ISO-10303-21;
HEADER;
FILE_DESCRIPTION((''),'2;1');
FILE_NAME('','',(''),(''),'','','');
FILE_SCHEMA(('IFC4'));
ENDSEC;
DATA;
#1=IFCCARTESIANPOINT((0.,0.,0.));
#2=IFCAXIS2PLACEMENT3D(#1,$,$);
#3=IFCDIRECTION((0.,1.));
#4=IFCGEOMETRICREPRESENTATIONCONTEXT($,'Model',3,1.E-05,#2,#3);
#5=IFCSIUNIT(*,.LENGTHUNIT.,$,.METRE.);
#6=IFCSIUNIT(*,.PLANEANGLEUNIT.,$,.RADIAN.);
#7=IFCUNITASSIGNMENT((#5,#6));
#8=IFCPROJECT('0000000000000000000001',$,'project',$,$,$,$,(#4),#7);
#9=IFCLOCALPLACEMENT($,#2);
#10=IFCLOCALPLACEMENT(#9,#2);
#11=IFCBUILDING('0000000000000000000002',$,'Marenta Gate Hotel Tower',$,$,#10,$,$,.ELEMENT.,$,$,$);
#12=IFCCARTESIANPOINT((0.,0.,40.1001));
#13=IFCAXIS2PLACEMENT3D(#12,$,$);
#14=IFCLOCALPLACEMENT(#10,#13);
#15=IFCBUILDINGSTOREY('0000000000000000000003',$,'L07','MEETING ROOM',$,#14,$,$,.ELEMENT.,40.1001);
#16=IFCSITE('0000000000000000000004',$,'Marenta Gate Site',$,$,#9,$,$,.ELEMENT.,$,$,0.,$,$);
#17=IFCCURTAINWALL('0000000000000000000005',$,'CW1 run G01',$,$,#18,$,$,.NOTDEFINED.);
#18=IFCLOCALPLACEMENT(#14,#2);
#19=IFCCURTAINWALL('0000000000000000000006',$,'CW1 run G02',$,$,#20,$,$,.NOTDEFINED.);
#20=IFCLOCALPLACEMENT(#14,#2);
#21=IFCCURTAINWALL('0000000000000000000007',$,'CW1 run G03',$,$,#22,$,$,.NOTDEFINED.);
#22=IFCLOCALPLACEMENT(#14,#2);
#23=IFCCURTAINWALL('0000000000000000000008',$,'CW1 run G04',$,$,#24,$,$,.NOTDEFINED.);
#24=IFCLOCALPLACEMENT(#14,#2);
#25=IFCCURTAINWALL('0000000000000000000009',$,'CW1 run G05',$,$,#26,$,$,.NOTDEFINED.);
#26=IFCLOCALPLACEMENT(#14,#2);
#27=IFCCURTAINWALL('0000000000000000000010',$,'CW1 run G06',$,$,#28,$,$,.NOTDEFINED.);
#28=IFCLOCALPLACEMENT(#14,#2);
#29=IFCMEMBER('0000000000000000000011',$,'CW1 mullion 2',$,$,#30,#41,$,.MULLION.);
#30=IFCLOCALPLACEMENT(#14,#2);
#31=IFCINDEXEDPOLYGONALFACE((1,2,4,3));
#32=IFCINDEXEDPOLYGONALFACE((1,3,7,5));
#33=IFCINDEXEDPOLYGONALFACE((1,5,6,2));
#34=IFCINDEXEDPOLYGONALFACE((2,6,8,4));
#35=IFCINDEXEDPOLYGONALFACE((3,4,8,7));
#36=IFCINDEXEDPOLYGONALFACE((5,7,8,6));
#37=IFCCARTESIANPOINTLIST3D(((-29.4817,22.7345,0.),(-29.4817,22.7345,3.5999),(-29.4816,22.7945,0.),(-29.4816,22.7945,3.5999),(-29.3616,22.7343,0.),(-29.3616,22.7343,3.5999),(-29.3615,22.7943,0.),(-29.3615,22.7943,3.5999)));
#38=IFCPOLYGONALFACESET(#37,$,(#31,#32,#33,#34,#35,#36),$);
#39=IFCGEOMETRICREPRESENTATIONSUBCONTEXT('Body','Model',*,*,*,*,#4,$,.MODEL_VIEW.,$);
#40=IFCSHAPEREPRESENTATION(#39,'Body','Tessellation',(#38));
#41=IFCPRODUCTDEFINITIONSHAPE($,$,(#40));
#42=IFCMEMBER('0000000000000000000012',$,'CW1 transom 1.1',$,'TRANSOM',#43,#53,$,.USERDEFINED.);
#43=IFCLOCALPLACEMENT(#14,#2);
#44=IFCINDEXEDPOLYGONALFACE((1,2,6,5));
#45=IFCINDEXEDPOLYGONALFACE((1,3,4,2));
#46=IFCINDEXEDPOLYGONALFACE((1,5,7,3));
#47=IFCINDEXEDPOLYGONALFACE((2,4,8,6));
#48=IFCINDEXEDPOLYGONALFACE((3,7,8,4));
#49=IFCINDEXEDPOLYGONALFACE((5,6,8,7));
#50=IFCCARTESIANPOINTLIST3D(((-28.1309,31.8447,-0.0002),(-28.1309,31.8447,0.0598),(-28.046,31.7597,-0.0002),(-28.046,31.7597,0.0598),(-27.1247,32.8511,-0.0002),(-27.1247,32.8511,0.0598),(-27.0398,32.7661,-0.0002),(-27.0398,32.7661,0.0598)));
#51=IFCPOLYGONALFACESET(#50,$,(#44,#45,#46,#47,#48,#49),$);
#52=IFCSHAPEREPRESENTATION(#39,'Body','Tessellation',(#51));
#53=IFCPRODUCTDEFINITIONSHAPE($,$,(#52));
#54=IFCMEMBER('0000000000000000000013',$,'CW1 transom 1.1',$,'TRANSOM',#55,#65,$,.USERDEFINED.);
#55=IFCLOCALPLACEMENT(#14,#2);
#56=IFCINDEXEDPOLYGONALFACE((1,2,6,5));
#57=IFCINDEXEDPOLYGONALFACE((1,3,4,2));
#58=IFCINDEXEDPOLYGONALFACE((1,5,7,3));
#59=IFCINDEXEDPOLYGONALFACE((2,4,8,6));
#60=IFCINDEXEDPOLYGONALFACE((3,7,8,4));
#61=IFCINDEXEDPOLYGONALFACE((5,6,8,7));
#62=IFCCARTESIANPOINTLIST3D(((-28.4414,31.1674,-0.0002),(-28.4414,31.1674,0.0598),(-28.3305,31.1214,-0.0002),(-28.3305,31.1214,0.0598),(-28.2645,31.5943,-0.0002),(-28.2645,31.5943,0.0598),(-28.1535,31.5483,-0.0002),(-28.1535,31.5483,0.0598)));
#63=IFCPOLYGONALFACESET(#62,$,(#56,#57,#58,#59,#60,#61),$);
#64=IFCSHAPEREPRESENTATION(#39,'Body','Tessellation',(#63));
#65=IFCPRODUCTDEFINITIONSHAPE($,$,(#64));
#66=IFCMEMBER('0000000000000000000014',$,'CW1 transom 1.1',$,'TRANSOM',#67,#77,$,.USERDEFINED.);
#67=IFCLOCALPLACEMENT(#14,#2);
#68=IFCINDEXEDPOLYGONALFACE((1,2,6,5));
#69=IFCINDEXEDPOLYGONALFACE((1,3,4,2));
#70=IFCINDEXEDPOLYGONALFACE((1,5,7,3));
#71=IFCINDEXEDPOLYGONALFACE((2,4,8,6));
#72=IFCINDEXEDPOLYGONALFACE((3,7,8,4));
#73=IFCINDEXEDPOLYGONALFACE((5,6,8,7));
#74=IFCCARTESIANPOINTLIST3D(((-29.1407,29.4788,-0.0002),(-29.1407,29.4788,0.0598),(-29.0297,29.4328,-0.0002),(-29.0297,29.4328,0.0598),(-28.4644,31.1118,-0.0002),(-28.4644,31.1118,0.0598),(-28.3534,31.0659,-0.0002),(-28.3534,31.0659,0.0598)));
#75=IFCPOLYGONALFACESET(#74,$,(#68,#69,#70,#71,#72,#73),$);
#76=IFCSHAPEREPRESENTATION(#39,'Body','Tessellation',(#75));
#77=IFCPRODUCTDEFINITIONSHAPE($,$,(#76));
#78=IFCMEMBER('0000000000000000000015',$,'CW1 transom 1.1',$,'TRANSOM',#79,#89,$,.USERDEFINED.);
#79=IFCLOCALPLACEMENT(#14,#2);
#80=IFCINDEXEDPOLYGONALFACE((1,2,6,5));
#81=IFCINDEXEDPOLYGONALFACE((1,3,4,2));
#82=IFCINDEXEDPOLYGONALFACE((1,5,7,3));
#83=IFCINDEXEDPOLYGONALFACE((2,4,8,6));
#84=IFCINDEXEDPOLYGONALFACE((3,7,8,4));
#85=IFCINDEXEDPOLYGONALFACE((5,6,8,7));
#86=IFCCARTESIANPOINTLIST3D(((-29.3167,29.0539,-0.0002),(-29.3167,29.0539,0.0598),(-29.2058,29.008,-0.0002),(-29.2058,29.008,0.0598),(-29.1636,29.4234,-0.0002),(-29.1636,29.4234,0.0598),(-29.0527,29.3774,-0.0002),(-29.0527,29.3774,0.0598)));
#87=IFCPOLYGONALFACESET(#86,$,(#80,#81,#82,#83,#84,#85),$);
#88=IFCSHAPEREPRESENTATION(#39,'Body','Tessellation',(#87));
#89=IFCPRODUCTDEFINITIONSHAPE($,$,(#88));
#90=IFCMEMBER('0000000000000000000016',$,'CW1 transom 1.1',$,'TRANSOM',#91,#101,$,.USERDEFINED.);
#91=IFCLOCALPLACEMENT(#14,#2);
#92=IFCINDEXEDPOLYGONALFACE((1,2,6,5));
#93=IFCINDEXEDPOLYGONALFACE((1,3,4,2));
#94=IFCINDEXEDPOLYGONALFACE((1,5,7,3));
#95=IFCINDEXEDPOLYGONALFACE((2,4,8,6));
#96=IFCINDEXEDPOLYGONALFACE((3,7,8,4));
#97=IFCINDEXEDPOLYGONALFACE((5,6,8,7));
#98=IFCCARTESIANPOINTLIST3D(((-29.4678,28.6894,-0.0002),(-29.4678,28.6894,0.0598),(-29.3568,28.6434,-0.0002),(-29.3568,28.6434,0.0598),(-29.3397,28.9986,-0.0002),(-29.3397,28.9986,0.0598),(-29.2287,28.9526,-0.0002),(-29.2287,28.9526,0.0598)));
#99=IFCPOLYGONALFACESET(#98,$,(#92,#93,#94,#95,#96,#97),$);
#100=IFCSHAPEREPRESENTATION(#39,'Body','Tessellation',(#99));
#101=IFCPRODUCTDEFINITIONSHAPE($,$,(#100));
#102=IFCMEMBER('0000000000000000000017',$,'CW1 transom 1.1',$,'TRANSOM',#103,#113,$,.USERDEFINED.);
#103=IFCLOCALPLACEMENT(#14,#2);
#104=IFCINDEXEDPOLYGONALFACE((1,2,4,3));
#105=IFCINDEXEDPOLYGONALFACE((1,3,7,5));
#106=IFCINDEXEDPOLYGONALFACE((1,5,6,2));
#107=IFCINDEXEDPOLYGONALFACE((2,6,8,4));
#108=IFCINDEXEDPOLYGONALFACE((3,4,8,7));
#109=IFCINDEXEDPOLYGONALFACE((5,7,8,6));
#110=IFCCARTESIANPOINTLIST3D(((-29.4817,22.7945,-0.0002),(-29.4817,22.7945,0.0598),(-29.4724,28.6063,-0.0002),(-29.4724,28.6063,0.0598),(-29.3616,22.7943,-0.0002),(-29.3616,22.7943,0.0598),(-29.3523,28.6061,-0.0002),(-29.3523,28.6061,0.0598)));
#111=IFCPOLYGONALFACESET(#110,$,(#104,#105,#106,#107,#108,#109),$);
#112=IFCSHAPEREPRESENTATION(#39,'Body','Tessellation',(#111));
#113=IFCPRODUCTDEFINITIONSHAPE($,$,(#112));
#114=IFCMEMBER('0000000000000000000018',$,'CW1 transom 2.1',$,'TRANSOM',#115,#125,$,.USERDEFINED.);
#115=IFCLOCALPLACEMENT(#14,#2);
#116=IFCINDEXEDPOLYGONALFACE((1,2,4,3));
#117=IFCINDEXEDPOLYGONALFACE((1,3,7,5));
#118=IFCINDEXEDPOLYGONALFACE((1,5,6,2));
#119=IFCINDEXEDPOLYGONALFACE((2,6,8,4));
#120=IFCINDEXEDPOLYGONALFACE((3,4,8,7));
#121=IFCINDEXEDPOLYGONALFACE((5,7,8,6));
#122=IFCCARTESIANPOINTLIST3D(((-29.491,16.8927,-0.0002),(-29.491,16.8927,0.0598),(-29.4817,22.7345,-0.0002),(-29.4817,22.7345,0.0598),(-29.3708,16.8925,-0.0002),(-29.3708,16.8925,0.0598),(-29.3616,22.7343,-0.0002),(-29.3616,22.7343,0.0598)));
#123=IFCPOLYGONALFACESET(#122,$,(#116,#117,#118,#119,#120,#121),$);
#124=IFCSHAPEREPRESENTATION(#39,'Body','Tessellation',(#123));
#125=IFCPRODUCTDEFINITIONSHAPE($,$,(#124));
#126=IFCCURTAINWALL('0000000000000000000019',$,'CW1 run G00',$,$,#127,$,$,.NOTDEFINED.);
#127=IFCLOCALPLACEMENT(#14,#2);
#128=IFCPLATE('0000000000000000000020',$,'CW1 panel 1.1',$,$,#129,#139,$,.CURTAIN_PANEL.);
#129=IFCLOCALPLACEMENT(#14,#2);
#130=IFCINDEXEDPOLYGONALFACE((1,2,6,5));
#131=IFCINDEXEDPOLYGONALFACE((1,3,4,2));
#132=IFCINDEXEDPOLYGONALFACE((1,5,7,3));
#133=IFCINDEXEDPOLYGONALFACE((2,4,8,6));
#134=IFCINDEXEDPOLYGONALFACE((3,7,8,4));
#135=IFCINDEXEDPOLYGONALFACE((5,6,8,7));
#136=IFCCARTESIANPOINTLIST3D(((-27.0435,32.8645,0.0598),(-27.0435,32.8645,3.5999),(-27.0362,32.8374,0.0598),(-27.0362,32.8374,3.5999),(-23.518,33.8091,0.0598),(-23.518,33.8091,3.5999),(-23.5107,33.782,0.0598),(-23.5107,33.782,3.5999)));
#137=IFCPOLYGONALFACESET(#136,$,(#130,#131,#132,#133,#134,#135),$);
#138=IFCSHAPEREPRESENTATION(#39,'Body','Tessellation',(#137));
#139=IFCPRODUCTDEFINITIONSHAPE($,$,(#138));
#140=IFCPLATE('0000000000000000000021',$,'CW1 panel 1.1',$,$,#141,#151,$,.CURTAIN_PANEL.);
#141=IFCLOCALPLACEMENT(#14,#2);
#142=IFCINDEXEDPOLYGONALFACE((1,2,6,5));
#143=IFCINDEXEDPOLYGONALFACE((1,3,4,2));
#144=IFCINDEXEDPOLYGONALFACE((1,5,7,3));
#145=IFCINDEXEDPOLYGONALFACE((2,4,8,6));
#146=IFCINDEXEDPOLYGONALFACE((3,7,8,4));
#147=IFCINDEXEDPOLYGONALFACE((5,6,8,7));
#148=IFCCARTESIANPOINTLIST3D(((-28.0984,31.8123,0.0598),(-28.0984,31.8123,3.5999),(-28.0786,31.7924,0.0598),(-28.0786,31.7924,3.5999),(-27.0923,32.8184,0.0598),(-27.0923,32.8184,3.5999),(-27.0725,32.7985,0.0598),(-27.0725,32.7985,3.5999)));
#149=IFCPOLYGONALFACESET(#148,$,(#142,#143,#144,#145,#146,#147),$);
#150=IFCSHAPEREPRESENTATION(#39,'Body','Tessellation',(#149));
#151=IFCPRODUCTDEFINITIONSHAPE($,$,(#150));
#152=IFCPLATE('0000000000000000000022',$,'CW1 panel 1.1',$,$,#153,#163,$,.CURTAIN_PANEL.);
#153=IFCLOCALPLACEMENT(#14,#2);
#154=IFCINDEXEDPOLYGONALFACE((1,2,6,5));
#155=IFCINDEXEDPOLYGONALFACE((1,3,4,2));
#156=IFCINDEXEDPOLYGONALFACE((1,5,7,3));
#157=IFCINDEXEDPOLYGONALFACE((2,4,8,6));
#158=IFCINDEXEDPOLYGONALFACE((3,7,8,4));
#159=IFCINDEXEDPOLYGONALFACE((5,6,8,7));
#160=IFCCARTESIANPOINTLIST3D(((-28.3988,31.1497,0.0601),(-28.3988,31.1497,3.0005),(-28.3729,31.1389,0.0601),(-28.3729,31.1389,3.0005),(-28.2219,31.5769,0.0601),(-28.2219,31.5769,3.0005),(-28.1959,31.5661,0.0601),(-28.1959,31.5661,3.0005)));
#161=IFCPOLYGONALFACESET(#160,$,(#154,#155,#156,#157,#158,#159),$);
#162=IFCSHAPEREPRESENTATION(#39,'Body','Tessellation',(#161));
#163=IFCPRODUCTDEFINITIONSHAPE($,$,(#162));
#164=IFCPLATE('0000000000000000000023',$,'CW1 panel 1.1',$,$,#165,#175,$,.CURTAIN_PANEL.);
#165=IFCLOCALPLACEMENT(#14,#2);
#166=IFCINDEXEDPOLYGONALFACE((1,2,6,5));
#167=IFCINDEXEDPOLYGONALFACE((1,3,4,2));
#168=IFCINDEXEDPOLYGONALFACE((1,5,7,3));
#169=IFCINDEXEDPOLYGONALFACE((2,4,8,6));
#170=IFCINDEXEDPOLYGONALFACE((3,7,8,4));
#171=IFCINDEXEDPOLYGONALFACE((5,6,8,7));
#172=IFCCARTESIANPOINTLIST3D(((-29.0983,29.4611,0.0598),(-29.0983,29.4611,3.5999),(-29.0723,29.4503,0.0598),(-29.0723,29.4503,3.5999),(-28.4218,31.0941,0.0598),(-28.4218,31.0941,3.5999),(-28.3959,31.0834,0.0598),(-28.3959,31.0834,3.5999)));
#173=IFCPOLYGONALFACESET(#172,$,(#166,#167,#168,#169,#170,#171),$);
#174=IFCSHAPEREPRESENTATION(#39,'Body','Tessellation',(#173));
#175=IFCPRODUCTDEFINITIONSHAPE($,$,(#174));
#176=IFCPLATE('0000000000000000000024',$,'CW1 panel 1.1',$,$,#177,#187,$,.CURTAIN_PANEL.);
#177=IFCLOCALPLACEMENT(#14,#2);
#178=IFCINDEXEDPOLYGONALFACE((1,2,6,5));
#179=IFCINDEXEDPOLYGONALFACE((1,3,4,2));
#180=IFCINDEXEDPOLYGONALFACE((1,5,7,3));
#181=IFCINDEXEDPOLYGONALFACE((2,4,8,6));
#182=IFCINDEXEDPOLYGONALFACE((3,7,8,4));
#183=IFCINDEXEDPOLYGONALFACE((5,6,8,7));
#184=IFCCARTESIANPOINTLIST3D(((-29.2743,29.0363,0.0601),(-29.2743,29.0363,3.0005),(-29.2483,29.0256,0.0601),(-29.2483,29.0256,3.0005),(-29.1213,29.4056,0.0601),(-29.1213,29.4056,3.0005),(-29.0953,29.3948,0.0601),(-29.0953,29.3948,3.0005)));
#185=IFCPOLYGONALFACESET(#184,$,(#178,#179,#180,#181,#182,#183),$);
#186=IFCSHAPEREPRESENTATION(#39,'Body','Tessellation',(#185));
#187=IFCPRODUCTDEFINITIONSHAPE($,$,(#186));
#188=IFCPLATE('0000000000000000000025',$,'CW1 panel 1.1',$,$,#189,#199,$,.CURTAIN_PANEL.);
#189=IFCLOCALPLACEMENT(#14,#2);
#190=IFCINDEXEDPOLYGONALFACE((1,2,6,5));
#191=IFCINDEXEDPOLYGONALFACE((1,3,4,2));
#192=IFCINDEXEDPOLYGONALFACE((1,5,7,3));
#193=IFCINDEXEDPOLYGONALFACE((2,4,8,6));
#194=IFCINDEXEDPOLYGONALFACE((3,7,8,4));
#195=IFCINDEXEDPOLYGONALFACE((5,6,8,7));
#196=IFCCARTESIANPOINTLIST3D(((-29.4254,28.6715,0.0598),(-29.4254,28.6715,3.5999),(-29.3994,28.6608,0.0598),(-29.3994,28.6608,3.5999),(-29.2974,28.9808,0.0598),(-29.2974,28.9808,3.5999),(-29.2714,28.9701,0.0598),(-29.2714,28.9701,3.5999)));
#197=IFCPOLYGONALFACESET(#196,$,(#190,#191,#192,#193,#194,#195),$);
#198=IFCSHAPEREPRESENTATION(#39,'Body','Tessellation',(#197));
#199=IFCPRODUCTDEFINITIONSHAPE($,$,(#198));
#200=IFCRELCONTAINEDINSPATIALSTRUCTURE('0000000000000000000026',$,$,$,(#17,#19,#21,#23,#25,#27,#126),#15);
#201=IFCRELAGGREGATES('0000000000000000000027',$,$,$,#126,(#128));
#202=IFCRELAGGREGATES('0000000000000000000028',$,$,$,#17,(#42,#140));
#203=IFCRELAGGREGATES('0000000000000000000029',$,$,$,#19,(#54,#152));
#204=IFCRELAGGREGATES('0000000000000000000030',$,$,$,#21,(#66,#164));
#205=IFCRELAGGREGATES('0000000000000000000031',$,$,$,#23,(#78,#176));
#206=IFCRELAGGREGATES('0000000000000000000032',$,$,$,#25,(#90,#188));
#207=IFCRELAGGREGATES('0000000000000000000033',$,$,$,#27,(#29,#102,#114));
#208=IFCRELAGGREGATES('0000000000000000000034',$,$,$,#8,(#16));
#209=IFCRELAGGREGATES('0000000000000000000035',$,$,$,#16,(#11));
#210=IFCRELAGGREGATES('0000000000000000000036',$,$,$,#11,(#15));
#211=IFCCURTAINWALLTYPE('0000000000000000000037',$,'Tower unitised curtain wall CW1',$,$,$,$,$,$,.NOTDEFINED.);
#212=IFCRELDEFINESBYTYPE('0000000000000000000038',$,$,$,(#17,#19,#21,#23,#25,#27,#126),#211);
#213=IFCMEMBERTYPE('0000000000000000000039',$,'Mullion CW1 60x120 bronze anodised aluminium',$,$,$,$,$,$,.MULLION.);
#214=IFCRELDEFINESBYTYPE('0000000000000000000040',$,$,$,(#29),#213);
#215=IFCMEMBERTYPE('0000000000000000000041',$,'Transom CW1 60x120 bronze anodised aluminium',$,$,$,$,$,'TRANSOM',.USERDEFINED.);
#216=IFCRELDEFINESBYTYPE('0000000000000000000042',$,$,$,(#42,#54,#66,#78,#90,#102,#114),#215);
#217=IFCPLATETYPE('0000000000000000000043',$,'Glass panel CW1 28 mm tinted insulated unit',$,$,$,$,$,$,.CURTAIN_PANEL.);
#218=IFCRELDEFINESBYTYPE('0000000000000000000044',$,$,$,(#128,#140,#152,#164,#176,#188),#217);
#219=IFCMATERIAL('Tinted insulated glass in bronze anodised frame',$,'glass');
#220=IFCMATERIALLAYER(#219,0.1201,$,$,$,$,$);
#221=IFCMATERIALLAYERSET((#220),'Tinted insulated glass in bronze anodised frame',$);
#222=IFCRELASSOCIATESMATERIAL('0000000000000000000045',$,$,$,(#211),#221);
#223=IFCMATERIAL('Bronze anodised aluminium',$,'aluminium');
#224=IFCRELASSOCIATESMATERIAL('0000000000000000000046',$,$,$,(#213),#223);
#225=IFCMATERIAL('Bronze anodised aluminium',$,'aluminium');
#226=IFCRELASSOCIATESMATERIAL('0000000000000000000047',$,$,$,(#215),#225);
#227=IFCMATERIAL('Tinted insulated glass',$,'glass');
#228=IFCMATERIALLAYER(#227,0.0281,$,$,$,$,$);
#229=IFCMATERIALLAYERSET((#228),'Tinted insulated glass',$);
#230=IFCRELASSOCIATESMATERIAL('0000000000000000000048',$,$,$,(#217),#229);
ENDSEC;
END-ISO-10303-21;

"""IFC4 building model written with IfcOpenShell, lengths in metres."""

from ifc_helpers import new_model, si_unit, direction, frame, origin, origin_2d, place, context, subcontext, project, spatial, rectangle, extrude, material, layer, layer_set, material_profile, profile_set, type_object, element, aggregate, save


model = new_model("IFC4")

# Units and contexts
model_context = context("Model", 3, precision=1e-05, world=origin(), true_north=direction((0.0, 1.0)))
body_context = subcontext(model_context, "Body", "Model", "MODEL_VIEW")
ifc_project = project(units=[si_unit("LENGTHUNIT", "METRE"), si_unit("PLANEANGLEUNIT", "RADIAN")], contexts=[model_context])

# Site, building, storey
site_placement = place(None, origin())
site = spatial("IfcSite", under=ifc_project, at=site_placement, Name="Marenta Gate Site", CompositionType="ELEMENT", RefElevation=0.0)
building_placement = place(site_placement, origin())
building = spatial("IfcBuilding", under=site, at=building_placement, Name="Marenta Gate Hotel Tower", CompositionType="ELEMENT")
storey_placement = place(building_placement, frame((0.0, 0.0, 40.1001)))
storey = spatial("IfcBuildingStorey", under=building, at=storey_placement, Name="L07", Description="MEETING ROOM", CompositionType="ELEMENT", Elevation=40.1001)

# Curtain wall
ifc_material_1 = material(Name="Tinted insulated glass in bronze anodised frame", Category="glass")
ifc_layer_1 = layer(ifc_material_1, 0.1201)
ifc_layer_set_1 = layer_set([ifc_layer_1], Name="Tinted insulated glass in bronze anodised frame")
curtain_wall_type = type_object("IfcCurtainWallType", Name="Tower unitised curtain wall CW1", PredefinedType="NOTDEFINED", material=ifc_layer_set_1)
curtain_wall_1_placement = place(storey_placement, origin())
curtain_wall_1 = element("IfcCurtainWall", 1, at=curtain_wall_1_placement, inside=storey, type_object=curtain_wall_type, Name="CW1 run G01", PredefinedType="NOTDEFINED")
ifc_material_2 = material(Name="Bronze anodised aluminium", Category="aluminium")
ifc_material_profile_1 = material_profile(ifc_material_2, rectangle(XDim=0.1201, YDim=0.0601, at=origin_2d()), Name="Mullion CW1 60x120 bronze anodised aluminium")
ifc_profile_set_1 = profile_set([ifc_material_profile_1], Name="Bronze anodised aluminium")
member_type_1 = type_object("IfcMemberType", Name="Mullion CW1 60x120 bronze anodised aluminium", PredefinedType="MULLION", material=ifc_profile_set_1)

# Curtain walls
curtain_wall_2_placement = place(storey_placement, origin())
curtain_wall_2 = element("IfcCurtainWall", 2, at=curtain_wall_2_placement, inside=storey, type_object=curtain_wall_type, Name="CW1 run G02", PredefinedType="NOTDEFINED")
curtain_wall_3_placement = place(storey_placement, origin())
curtain_wall_3 = element("IfcCurtainWall", 3, at=curtain_wall_3_placement, inside=storey, type_object=curtain_wall_type, Name="CW1 run G03", PredefinedType="NOTDEFINED")
curtain_wall_4_placement = place(storey_placement, origin())
curtain_wall_4 = element("IfcCurtainWall", 4, at=curtain_wall_4_placement, inside=storey, type_object=curtain_wall_type, Name="CW1 run G04", PredefinedType="NOTDEFINED")
curtain_wall_5_placement = place(storey_placement, origin())
curtain_wall_5 = element("IfcCurtainWall", 5, at=curtain_wall_5_placement, inside=storey, type_object=curtain_wall_type, Name="CW1 run G05", PredefinedType="NOTDEFINED")

# Curtain wall, member
curtain_wall_6_placement = place(storey_placement, origin())
curtain_wall_6 = element("IfcCurtainWall", 6, at=curtain_wall_6_placement, inside=storey, type_object=curtain_wall_type, Name="CW1 run G06", PredefinedType="NOTDEFINED")
member_1_placement = place(storey_placement, frame((-29.4216, 22.7644, 0.0), z_axis=(0.0, 0.0, 1.0), x_axis=(0.999999, -0.00157, 0.0)))
member_1 = element("IfcMember", 7, at=member_1_placement, type_object=member_type_1, Name="CW1 mullion 2", PredefinedType="MULLION", context=body_context, shape_type="SweptSolid", body=[
    extrude(rectangle(XDim=0.1201, YDim=0.0601, at=origin_2d()), origin(), (0.0, 0.0, 1.0), 3.5999),
])

# Members
ifc_material_3 = material(Name="Bronze anodised aluminium", Category="aluminium")
ifc_material_profile_2 = material_profile(ifc_material_3, rectangle(XDim=0.1201, YDim=0.0601, at=origin_2d()), Name="Transom CW1 60x120 bronze anodised aluminium")
ifc_profile_set_2 = profile_set([ifc_material_profile_2], Name="Bronze anodised aluminium")
member_type_2 = type_object("IfcMemberType", Name="Transom CW1 60x120 bronze anodised aluminium", ElementType="TRANSOM", PredefinedType="USERDEFINED", material=ifc_profile_set_2)
member_2_placement = place(storey_placement, frame((-27.0823, 32.8086, 0.0298), z_axis=(-0.707021, -0.707193, 0.0), x_axis=(0.707193, -0.707021, 0.0)))
member_2 = element("IfcMember", 8, at=member_2_placement, type_object=member_type_2, Name="CW1 transom 1.1", ObjectType="TRANSOM", PredefinedType="USERDEFINED", context=body_context, shape_type="SweptSolid", body=[
    extrude(rectangle(XDim=0.1201, YDim=0.0601, at=origin_2d()), origin(), (0.0, 0.0, 1.0), 1.4231),
])
member_3_placement = place(storey_placement, frame((-28.209, 31.5713, 0.0298), z_axis=(-0.382927, -0.923779, 0.0), x_axis=(0.923779, -0.382927, 0.0)))
member_3 = element("IfcMember", 9, at=member_3_placement, type_object=member_type_2, Name="CW1 transom 1.1", ObjectType="TRANSOM", PredefinedType="USERDEFINED", context=body_context, shape_type="SweptSolid", body=[
    extrude(rectangle(XDim=0.1201, YDim=0.0601, at=origin_2d()), origin(), (0.0, 0.0, 1.0), 0.4622),
])
member_4_placement = place(storey_placement, frame((-28.4089, 31.0889, 0.0298), z_axis=(-0.382604, -0.923912, 0.0), x_axis=(0.923912, -0.382604, 0.0)))
member_4 = element("IfcMember", 10, at=member_4_placement, type_object=member_type_2, Name="CW1 transom 1.1", ObjectType="TRANSOM", PredefinedType="USERDEFINED", context=body_context, shape_type="SweptSolid", body=[
    extrude(rectangle(XDim=0.1201, YDim=0.0601, at=origin_2d()), origin(), (0.0, 0.0, 1.0), 1.7676),
])
member_5_placement = place(storey_placement, frame((-29.1082, 29.4004, 0.0298), z_axis=(-0.382837, -0.923816, 0.0), x_axis=(0.923816, -0.382837, 0.0)))
member_5 = element("IfcMember", 11, at=member_5_placement, type_object=member_type_2, Name="CW1 transom 1.1", ObjectType="TRANSOM", PredefinedType="USERDEFINED", context=body_context, shape_type="SweptSolid", body=[
    extrude(rectangle(XDim=0.1201, YDim=0.0601, at=origin_2d()), origin(), (0.0, 0.0, 1.0), 0.3999),
])
member_6_placement = place(storey_placement, frame((-29.2842, 28.9756, 0.0298), z_axis=(-0.382803, -0.92383, 0.0), x_axis=(0.92383, -0.382803, 0.0)))
member_6 = element("IfcMember", 12, at=member_6_placement, type_object=member_type_2, Name="CW1 transom 1.1", ObjectType="TRANSOM", PredefinedType="USERDEFINED", context=body_context, shape_type="SweptSolid", body=[
    extrude(rectangle(XDim=0.1201, YDim=0.0601, at=origin_2d()), origin(), (0.0, 0.0, 1.0), 0.3347),
])
member_7_placement = place(storey_placement, frame((-29.4124, 28.6062, 0.0298), z_axis=(-0.001596, -0.999999, 0.0), x_axis=(0.999999, -0.001596, 0.0)))
member_7 = element("IfcMember", 13, at=member_7_placement, type_object=member_type_2, Name="CW1 transom 1.1", ObjectType="TRANSOM", PredefinedType="USERDEFINED", context=body_context, shape_type="SweptSolid", body=[
    extrude(rectangle(XDim=0.1201, YDim=0.0601, at=origin_2d()), origin(), (0.0, 0.0, 1.0), 5.8118),
])
member_8_placement = place(storey_placement, frame((-29.4216, 22.7344, 0.0298), z_axis=(-0.001588, -0.999999, 0.0), x_axis=(0.999999, -0.001588, 0.0)))
member_8 = element("IfcMember", 14, at=member_8_placement, type_object=member_type_2, Name="CW1 transom 2.1", ObjectType="TRANSOM", PredefinedType="USERDEFINED", context=body_context, shape_type="SweptSolid", body=[
    extrude(rectangle(XDim=0.1201, YDim=0.0601, at=origin_2d()), origin(), (0.0, 0.0, 1.0), 5.8418),
])

# Curtain wall, plate
curtain_wall_7_placement = place(storey_placement, origin())
curtain_wall_7 = element("IfcCurtainWall", 15, at=curtain_wall_7_placement, inside=storey, type_object=curtain_wall_type, Name="CW1 run G00", PredefinedType="NOTDEFINED")
ifc_material_4 = material(Name="Tinted insulated glass", Category="glass")
ifc_layer_2 = layer(ifc_material_4, 0.0281)
ifc_layer_set_2 = layer_set([ifc_layer_2], Name="Tinted insulated glass")
plate_type = type_object("IfcPlateType", Name="Glass panel CW1 28 mm tinted insulated unit", PredefinedType="CURTAIN_PANEL", material=ifc_layer_set_2)
plate_1_placement = place(storey_placement, frame((-25.2771, 33.3232, 0.0598), z_axis=(0.0, 0.0, 1.0), x_axis=(-0.96593, -0.258802, 0.0)))
plate_1 = element("IfcPlate", 16, at=plate_1_placement, type_object=plate_type, Name="CW1 panel 1.1", PredefinedType="CURTAIN_PANEL", context=body_context, shape_type="SweptSolid", body=[
    extrude(rectangle(XDim=3.6499, YDim=0.0281, at=origin_2d()), origin(), (0.0, 0.0, 1.0), 3.54),
])
aggregate(curtain_wall_7, [plate_1])

# Plates
plate_2_placement = place(storey_placement, frame((-27.5854, 32.3054, 0.0598), z_axis=(0.0, 0.0, 1.0), x_axis=(-0.707107, -0.707107, 0.0)))
plate_2 = element("IfcPlate", 17, at=plate_2_placement, type_object=plate_type, Name="CW1 panel 1.1", PredefinedType="CURTAIN_PANEL", context=body_context, shape_type="SweptSolid", body=[
    extrude(rectangle(XDim=1.4229, YDim=0.0281, at=origin_2d()), origin(), (0.0, 0.0, 1.0), 3.54),
])
aggregate(curtain_wall_1, [member_2, plate_2])
plate_3_placement = place(storey_placement, frame((-28.2974, 31.3579, 0.0601), z_axis=(0.0, 0.0, 1.0), x_axis=(-0.382684, -0.923879, 0.0)))
plate_3 = element("IfcPlate", 18, at=plate_3_placement, type_object=plate_type, Name="CW1 panel 1.1", PredefinedType="CURTAIN_PANEL", context=body_context, shape_type="SweptSolid", body=[
    extrude(rectangle(XDim=0.4624, YDim=0.0281, at=origin_2d()), origin(), (0.0, 0.0, 1.0), 2.9404),
])
aggregate(curtain_wall_2, [member_3, plate_3])
plate_4_placement = place(storey_placement, frame((-28.7471, 30.2722, 0.0598), z_axis=(0.0, 0.0, 1.0), x_axis=(-0.382684, -0.923879, 0.0)))
plate_4 = element("IfcPlate", 19, at=plate_4_placement, type_object=plate_type, Name="CW1 panel 1.1", PredefinedType="CURTAIN_PANEL", context=body_context, shape_type="SweptSolid", body=[
    extrude(rectangle(XDim=1.7676, YDim=0.0281, at=origin_2d()), origin(), (0.0, 0.0, 1.0), 3.54),
])
aggregate(curtain_wall_3, [member_4, plate_4])
plate_5_placement = place(storey_placement, frame((-29.1848, 29.2156, 0.0601), z_axis=(0.0, 0.0, 1.0), x_axis=(-0.382838, -0.923815, 0.0)))
plate_5 = element("IfcPlate", 20, at=plate_5_placement, type_object=plate_type, Name="CW1 panel 1.1", PredefinedType="CURTAIN_PANEL", context=body_context, shape_type="SweptSolid", body=[
    extrude(rectangle(XDim=0.3997, YDim=0.0281, at=origin_2d()), origin(), (0.0, 0.0, 1.0), 2.9404),
])
aggregate(curtain_wall_4, [member_5, plate_5])
plate_6_placement = place(storey_placement, frame((-29.3484, 28.8208, 0.0598), z_axis=(0.0, 0.0, 1.0), x_axis=(-0.382456, -0.923974, 0.0)))
plate_6 = element("IfcPlate", 21, at=plate_6_placement, type_object=plate_type, Name="CW1 panel 1.1", PredefinedType="CURTAIN_PANEL", context=body_context, shape_type="SweptSolid", body=[
    extrude(rectangle(XDim=0.3347, YDim=0.0281, at=origin_2d()), origin(), (0.0, 0.0, 1.0), 3.54),
])
aggregate(curtain_wall_5, [member_6, plate_6])
aggregate(curtain_wall_6, [member_1, member_7, member_8])

save(model, "model.ifc")
